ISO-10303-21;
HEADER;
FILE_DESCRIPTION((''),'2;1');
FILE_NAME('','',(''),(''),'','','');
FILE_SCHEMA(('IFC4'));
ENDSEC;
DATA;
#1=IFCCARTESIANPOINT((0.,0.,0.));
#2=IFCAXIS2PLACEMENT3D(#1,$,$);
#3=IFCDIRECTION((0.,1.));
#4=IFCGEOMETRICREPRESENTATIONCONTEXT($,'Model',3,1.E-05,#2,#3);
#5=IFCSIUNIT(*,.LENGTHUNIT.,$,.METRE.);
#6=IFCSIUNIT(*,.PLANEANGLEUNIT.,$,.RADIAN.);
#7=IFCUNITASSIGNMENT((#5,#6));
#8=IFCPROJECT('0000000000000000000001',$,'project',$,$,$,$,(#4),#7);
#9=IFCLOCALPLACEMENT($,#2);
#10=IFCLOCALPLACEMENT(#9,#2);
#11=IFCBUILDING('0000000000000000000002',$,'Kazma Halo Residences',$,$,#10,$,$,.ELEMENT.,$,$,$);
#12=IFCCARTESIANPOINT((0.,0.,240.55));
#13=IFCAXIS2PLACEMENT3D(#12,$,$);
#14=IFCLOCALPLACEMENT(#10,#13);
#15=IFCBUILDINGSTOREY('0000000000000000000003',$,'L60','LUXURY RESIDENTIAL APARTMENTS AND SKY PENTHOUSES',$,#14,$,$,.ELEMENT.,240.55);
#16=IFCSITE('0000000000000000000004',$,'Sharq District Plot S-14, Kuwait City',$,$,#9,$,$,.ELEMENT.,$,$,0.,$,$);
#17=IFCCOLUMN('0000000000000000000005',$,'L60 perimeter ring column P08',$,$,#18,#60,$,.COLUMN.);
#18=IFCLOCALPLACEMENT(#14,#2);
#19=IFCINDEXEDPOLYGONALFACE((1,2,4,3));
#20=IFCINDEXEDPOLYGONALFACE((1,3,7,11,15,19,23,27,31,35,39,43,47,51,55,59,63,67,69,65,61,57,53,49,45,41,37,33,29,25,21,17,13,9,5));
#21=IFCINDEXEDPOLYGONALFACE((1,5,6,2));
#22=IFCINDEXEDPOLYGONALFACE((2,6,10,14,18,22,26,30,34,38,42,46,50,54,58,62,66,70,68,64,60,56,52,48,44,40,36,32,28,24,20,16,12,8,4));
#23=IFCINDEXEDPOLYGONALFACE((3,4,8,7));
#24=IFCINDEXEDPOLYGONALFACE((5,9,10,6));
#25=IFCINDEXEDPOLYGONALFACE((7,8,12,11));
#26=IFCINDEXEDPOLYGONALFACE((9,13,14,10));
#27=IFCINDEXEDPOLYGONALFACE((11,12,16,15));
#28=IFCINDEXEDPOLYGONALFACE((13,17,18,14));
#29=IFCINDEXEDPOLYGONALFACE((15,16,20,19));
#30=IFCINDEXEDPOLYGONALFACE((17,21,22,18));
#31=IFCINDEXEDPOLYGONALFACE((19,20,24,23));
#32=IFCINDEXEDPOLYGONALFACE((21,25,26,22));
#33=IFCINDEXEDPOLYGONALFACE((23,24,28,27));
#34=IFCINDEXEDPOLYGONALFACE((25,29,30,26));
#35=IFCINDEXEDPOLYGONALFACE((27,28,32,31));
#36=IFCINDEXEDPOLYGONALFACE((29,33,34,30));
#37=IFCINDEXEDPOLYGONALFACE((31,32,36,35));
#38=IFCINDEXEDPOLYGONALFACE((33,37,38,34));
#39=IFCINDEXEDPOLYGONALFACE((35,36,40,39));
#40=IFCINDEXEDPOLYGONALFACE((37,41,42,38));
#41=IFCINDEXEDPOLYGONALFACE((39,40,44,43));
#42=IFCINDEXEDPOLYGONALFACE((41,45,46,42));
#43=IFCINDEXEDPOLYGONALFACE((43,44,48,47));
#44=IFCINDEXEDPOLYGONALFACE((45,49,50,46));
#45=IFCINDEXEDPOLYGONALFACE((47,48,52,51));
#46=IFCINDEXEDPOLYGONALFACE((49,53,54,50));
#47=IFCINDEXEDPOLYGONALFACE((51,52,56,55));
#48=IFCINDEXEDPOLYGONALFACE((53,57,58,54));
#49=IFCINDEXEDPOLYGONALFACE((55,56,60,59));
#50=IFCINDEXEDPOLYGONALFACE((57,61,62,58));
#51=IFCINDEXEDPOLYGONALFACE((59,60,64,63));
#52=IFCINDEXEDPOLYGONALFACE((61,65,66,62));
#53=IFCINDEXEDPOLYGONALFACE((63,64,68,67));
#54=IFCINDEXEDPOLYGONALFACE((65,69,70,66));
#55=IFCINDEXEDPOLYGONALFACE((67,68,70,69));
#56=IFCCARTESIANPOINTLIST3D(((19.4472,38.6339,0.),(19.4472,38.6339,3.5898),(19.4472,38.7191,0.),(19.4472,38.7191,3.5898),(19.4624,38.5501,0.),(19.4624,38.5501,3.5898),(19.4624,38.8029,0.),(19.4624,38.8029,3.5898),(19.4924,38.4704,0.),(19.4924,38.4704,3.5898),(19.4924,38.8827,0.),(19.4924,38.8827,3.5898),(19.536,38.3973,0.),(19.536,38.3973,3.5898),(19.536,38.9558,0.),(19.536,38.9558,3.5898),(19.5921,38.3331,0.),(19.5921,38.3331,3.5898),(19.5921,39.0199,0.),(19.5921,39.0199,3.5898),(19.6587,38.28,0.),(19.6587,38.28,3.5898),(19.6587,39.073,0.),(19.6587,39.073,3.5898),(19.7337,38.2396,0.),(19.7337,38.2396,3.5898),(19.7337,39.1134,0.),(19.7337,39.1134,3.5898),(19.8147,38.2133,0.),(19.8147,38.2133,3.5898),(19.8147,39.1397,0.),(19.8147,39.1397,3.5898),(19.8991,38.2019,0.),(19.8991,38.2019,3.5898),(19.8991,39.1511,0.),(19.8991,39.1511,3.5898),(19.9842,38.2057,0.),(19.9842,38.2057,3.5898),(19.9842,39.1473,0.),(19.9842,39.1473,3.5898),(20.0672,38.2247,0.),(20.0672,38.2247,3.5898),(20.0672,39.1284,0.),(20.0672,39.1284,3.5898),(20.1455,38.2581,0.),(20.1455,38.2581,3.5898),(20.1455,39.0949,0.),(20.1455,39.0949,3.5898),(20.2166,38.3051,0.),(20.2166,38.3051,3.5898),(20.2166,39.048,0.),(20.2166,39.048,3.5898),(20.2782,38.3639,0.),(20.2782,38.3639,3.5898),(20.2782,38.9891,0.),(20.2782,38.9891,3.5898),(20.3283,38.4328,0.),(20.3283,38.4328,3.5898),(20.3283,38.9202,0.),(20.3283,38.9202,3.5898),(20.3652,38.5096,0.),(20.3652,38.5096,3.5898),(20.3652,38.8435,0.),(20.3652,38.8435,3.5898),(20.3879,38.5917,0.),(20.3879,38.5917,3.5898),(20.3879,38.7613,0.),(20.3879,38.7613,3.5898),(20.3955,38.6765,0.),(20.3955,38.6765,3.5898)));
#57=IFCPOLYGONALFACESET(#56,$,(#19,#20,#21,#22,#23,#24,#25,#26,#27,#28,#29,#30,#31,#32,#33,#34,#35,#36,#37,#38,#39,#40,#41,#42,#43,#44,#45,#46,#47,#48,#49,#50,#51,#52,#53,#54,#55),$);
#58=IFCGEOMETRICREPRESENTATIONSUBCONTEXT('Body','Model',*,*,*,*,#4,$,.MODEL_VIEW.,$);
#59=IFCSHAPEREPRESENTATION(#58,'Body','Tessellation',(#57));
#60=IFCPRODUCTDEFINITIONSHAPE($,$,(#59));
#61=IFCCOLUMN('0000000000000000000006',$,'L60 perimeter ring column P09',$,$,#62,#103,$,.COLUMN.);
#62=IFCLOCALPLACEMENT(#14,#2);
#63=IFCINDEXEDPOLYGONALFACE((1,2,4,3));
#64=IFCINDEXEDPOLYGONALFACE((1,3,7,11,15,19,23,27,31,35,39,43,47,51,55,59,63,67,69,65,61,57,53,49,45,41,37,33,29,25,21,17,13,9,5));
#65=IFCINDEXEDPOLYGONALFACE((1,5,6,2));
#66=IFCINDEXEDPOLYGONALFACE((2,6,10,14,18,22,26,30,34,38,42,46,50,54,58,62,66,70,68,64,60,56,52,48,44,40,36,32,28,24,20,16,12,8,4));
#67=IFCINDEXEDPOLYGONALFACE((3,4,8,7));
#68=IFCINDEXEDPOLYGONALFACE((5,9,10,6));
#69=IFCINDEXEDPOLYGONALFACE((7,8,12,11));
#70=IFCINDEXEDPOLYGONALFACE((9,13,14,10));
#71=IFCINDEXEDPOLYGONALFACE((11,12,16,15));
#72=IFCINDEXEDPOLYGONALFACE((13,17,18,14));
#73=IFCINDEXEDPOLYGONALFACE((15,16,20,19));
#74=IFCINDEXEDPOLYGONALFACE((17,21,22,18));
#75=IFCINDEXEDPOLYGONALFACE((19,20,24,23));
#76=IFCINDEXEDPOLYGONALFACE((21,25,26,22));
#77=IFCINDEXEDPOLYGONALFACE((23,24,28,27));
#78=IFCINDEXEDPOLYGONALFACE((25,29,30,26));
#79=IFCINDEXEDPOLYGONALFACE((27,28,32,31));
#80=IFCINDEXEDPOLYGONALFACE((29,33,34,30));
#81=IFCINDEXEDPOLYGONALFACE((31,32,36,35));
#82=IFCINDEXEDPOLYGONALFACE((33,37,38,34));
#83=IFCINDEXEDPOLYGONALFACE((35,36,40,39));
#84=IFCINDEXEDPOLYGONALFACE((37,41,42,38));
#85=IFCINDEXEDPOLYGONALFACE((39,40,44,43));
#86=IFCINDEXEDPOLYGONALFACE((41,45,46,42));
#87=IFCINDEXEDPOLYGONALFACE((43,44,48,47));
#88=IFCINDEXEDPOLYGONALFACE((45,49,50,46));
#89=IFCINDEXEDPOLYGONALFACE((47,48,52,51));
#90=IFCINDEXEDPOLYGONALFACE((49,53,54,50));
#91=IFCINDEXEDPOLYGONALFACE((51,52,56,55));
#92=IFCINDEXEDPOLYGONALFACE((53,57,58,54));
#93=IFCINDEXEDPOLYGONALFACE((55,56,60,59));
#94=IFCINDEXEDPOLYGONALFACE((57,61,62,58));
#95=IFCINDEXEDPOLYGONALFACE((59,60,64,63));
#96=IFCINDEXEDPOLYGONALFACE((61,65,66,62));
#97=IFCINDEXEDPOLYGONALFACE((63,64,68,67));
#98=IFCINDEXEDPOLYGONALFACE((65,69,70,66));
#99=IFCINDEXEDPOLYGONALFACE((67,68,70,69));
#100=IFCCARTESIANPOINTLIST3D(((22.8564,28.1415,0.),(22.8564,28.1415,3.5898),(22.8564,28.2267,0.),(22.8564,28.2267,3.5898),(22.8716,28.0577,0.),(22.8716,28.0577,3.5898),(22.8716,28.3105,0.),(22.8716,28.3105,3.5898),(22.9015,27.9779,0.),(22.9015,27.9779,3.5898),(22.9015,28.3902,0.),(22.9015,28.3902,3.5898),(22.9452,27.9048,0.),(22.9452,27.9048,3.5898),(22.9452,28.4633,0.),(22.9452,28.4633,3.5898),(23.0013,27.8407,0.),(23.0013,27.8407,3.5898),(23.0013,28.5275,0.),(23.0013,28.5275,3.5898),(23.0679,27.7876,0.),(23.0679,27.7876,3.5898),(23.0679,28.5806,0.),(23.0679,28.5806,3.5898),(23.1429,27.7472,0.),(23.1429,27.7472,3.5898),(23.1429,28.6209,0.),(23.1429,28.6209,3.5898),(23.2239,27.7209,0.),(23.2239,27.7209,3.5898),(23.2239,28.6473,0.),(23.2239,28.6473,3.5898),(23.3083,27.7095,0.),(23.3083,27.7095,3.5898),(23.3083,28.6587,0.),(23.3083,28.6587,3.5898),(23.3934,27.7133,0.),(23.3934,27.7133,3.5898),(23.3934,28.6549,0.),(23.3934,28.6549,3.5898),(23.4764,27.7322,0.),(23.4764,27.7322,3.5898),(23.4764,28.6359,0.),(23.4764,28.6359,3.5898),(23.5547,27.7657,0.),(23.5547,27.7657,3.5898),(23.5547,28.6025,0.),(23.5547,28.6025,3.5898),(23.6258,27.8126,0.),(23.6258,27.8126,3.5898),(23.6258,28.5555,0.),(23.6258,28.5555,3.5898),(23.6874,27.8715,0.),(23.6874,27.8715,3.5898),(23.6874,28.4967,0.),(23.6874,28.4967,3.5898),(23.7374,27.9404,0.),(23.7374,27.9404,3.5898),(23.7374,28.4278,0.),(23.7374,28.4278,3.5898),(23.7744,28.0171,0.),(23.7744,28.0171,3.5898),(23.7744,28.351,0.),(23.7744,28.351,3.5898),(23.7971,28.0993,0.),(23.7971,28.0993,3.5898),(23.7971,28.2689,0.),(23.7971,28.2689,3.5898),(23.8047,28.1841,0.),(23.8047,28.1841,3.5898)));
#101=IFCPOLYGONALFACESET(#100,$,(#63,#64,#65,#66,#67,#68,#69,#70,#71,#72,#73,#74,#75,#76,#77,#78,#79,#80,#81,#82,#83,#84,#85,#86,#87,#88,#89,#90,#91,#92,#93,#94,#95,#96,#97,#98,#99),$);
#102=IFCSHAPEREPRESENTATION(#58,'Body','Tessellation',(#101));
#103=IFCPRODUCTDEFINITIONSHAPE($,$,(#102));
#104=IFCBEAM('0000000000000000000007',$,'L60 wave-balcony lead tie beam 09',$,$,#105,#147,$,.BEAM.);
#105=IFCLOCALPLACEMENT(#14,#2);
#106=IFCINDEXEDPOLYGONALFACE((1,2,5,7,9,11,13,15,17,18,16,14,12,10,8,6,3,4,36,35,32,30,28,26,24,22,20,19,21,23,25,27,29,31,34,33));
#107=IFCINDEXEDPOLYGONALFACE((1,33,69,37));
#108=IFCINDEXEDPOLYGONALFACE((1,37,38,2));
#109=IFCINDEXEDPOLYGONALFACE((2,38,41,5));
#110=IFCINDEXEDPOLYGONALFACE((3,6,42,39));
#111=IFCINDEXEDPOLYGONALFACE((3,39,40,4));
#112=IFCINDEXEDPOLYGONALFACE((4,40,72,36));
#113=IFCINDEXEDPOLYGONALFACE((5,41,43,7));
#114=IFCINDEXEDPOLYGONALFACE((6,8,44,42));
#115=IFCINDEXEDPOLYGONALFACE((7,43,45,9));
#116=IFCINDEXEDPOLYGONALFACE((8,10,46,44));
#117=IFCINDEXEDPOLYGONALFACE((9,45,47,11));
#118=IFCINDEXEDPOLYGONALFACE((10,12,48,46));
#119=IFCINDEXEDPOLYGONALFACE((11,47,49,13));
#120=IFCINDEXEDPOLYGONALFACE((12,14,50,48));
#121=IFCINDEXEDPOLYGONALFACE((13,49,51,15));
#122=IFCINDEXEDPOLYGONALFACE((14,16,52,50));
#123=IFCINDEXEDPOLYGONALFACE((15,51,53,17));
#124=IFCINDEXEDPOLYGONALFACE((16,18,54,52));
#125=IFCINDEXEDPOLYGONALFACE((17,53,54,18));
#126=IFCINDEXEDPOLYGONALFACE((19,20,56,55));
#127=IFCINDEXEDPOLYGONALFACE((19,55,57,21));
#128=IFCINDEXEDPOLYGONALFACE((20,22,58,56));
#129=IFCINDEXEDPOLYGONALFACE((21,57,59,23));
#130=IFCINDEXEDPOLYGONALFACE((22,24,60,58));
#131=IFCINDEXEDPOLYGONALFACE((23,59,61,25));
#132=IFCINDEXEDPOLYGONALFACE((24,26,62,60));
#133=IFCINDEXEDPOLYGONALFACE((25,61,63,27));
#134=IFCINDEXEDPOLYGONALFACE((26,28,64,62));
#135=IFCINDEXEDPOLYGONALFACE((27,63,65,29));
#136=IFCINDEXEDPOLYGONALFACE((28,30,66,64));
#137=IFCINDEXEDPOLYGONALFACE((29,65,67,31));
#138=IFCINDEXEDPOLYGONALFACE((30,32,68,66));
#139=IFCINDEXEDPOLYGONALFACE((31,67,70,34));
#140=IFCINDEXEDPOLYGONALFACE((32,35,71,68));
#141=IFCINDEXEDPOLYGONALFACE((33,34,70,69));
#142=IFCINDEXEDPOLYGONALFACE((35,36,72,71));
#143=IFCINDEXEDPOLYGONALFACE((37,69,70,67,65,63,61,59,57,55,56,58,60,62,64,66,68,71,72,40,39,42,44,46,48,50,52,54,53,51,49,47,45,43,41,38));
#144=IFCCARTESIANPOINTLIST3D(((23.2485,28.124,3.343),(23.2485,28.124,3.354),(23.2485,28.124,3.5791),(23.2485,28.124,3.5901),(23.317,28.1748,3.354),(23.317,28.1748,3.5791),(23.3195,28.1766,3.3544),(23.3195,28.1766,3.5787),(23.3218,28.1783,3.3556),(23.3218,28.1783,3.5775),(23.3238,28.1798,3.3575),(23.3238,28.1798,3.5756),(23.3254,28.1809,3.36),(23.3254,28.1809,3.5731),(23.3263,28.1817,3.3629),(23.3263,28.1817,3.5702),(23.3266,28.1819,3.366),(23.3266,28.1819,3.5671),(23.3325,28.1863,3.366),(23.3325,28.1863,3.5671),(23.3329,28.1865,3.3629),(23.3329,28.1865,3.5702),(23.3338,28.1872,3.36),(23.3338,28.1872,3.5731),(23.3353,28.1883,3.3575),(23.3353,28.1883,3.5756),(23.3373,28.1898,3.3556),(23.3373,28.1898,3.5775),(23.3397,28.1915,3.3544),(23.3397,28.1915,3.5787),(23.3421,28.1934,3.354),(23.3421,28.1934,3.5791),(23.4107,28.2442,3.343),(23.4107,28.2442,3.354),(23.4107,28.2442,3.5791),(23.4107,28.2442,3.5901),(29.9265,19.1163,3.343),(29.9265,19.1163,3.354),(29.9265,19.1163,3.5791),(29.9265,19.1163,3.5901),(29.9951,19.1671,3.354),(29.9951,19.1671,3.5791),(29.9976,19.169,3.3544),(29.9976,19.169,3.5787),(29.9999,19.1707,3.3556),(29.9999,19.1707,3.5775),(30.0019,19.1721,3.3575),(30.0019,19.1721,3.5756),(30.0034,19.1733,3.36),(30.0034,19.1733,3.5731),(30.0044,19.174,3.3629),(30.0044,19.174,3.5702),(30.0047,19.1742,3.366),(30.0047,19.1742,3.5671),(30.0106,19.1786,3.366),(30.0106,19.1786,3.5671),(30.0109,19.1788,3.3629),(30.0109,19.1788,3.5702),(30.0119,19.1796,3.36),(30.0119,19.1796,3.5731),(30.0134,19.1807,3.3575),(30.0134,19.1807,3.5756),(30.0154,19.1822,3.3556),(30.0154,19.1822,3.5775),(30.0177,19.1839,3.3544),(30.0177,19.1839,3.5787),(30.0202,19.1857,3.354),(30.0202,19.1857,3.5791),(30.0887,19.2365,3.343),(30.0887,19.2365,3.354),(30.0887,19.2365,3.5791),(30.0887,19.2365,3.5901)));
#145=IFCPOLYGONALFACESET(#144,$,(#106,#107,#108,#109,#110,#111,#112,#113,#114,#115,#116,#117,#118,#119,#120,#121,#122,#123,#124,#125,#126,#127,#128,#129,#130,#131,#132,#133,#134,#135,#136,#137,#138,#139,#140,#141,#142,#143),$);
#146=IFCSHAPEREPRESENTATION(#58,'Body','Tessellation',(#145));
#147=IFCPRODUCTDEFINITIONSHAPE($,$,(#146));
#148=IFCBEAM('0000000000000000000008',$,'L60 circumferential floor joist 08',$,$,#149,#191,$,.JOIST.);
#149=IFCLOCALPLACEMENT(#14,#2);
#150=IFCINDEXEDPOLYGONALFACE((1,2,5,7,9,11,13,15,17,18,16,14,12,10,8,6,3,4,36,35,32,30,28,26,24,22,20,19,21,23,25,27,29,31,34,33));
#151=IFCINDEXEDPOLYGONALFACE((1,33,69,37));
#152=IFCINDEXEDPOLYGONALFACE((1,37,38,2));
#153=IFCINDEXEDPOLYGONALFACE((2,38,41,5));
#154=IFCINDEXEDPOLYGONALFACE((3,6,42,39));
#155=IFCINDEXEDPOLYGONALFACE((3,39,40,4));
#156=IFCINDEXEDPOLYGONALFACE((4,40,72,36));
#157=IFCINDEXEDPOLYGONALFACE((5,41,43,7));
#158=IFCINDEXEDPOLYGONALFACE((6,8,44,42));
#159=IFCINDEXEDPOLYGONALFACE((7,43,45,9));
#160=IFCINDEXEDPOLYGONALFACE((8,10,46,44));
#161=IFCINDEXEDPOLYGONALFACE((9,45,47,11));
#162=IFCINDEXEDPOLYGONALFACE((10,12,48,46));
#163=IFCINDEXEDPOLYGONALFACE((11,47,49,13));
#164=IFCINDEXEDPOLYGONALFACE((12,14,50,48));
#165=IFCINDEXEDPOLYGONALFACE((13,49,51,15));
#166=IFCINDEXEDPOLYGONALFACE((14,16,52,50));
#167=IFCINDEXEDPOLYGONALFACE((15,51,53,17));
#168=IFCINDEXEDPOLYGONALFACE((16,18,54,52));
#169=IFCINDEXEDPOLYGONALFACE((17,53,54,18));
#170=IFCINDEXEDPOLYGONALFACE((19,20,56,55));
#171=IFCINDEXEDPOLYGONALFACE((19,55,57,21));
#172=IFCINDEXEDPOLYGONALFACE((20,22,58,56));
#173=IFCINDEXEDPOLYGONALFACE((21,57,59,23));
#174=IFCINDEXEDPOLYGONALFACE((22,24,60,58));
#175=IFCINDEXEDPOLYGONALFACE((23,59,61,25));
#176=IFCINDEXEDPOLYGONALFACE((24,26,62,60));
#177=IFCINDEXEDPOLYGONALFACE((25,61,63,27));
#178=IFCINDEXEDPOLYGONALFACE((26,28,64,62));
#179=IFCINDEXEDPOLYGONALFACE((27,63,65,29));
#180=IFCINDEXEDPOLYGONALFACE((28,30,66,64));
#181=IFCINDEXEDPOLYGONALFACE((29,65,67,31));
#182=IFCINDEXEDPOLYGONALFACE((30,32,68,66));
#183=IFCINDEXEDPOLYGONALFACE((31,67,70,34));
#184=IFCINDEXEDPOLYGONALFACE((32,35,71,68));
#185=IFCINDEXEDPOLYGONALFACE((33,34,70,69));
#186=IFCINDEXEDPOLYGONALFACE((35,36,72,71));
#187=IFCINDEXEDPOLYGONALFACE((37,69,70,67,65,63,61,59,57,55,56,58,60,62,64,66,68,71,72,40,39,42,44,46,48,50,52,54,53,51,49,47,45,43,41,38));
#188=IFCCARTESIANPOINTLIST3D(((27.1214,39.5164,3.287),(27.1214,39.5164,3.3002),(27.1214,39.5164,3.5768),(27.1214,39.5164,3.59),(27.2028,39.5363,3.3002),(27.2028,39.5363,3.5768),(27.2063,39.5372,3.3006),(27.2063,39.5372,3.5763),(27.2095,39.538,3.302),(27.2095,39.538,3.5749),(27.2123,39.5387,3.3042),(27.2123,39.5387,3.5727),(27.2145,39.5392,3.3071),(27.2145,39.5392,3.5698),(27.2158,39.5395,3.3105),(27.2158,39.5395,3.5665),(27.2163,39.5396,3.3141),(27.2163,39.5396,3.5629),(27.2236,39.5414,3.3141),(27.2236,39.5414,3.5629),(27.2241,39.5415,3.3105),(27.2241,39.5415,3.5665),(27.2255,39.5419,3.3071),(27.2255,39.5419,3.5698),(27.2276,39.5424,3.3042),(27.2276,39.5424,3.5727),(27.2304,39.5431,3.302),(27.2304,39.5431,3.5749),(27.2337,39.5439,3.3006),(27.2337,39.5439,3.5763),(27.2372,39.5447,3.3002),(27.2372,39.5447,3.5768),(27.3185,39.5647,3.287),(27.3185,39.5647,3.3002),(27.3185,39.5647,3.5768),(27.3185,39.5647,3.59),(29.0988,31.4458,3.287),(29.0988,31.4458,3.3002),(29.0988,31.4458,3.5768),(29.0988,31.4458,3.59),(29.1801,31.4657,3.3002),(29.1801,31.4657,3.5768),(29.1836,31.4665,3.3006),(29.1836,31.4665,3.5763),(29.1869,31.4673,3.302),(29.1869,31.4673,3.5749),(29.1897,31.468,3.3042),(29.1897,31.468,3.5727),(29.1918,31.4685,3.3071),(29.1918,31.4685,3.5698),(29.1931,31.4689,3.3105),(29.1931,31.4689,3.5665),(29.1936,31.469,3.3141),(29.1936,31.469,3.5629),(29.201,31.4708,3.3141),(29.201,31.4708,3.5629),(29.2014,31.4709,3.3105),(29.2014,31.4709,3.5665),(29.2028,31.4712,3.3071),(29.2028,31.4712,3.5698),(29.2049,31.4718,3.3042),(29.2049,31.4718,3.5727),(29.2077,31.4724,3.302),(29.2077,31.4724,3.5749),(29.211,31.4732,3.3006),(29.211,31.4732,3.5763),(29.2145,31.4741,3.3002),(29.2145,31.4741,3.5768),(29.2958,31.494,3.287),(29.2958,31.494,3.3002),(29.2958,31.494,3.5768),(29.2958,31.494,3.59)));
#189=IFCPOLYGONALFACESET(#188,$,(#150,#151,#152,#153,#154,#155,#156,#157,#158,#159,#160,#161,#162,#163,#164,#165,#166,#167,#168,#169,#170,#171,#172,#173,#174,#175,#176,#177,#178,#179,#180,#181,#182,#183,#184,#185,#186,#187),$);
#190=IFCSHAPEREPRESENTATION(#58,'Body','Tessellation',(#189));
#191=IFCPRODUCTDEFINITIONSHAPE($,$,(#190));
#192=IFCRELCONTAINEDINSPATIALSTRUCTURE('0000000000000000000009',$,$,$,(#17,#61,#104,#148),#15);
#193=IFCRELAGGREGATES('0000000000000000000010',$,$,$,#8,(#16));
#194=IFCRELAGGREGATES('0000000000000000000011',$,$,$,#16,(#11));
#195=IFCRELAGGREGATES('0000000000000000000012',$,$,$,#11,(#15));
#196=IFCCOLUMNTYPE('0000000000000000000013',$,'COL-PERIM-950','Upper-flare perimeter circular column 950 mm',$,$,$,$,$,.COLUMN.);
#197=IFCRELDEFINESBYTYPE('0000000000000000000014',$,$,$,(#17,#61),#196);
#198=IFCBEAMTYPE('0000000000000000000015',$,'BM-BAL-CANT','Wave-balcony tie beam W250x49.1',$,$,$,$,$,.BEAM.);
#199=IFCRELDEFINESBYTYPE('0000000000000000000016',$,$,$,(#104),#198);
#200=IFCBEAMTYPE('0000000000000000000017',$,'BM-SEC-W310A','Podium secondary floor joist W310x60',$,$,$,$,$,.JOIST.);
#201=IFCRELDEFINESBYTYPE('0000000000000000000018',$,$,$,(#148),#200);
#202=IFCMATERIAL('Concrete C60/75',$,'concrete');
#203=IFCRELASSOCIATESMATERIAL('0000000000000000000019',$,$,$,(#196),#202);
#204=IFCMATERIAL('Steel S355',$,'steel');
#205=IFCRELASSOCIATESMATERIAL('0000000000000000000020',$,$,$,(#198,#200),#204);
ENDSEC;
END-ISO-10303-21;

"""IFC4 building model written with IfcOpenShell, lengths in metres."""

from ifc_helpers import new_model, si_unit, direction, frame, origin, origin_2d, place, context, subcontext, project, spatial, circle, i_section, extrude, material, material_profile, profile_set, type_object, element, save


model = new_model("IFC4")

# Units and contexts
model_context = context("Model", 3, precision=1e-05, world=origin(), true_north=direction((0.0, 1.0)))
body_context = subcontext(model_context, "Body", "Model", "MODEL_VIEW")
ifc_project = project(units=[si_unit("LENGTHUNIT", "METRE"), si_unit("PLANEANGLEUNIT", "RADIAN")], contexts=[model_context])

# Site, building, storey
site_placement = place(None, origin())
site = spatial("IfcSite", under=ifc_project, at=site_placement, Name="Sharq District Plot S-14, Kuwait City", CompositionType="ELEMENT", RefElevation=0.0)
building_placement = place(site_placement, origin())
building = spatial("IfcBuilding", under=site, at=building_placement, Name="Kazma Halo Residences", CompositionType="ELEMENT")
storey_placement = place(building_placement, frame((0.0, 0.0, 240.55)))
storey = spatial("IfcBuildingStorey", under=building, at=storey_placement, Name="L60", Description="LUXURY RESIDENTIAL APARTMENTS AND SKY PENTHOUSES", CompositionType="ELEMENT", Elevation=240.55)

# Columns
ifc_material_1 = material(Name="Concrete C60/75", Category="concrete")
ifc_material_profile_1 = material_profile(ifc_material_1, circle(Radius=0.4751, at=origin_2d()), Name="CIRC950")
ifc_profile_set_1 = profile_set([ifc_material_profile_1], Name="Concrete C60/75")
column_type = type_object("IfcColumnType", Name="COL-PERIM-950", Description="Upper-flare perimeter circular column 950 mm", PredefinedType="COLUMN", material=ifc_profile_set_1)
for number, where, z_axis, x_axis, name in (
    (1, (19.9204, 38.6765, 0.0), (0.0, 0.0, 1.0), (1.0, 0.0, 0.0), "L60 perimeter ring column P08"),
    (2, (23.3296, 28.1841, 0.0), (0.0, 0.0, 1.0), (1.0, 0.0, 0.0), "L60 perimeter ring column P09"),
):
    element("IfcColumn", number, at=place(storey_placement, frame(where, z_axis=z_axis, x_axis=x_axis)), inside=storey, type_object=column_type, Name=name, PredefinedType="COLUMN", context=body_context, shape_type="SweptSolid", body=[
        extrude(circle(Radius=0.4751, at=origin_2d()), origin(), (0.0, 0.0, 1.0), 3.5898),
    ])

# Beams
ifc_material_2 = material(Name="Steel S355", Category="steel")
ifc_material_profile_2 = material_profile(ifc_material_2, i_section(OverallWidth=0.2019, OverallDepth=0.2471, WebThickness=0.0073, FlangeThickness=0.011, FilletRadius=0.012, at=origin_2d()), Name="W250x49.1")
ifc_profile_set_2 = profile_set([ifc_material_profile_2], Name="Steel S355")
beam_type_1 = type_object("IfcBeamType", Name="BM-BAL-CANT", Description="Wave-balcony tie beam W250x49.1", PredefinedType="BEAM", material=ifc_profile_set_2)
beam_1_placement = place(storey_placement, frame((23.3296, 28.1841, 3.4666), z_axis=(0.595556, -0.803314, 0.0), x_axis=(0.803314, 0.595556, 0.0)))
element("IfcBeam", 3, at=beam_1_placement, inside=storey, type_object=beam_type_1, Name="L60 wave-balcony lead tie beam 09", PredefinedType="BEAM", context=body_context, shape_type="SweptSolid", body=[
    extrude(i_section(OverallWidth=0.2019, OverallDepth=0.2471, WebThickness=0.0073, FlangeThickness=0.011, FilletRadius=0.012, at=origin_2d()), origin(), (0.0, 0.0, 1.0), 11.2131),
])
ifc_material_profile_3 = material_profile(ifc_material_2, i_section(OverallWidth=0.2029, OverallDepth=0.303, WebThickness=0.0076, FlangeThickness=0.0132, FilletRadius=0.0139, at=origin_2d()), Name="W310x60")
ifc_profile_set_3 = profile_set([ifc_material_profile_3], Name="Steel S355")
beam_type_2 = type_object("IfcBeamType", Name="BM-SEC-W310A", Description="Podium secondary floor joist W310x60", PredefinedType="JOIST", material=ifc_profile_set_3)
beam_2_placement = place(storey_placement, frame((27.22, 39.5405, 3.4385), z_axis=(0.237963, -0.971274, 0.0), x_axis=(0.971274, 0.237963, 0.0)))
element("IfcBeam", 4, at=beam_2_placement, inside=storey, type_object=beam_type_2, Name="L60 circumferential floor joist 08", PredefinedType="JOIST", context=body_context, shape_type="SweptSolid", body=[
    extrude(i_section(OverallWidth=0.2029, OverallDepth=0.303, WebThickness=0.0076, FlangeThickness=0.0132, FilletRadius=0.0139, at=origin_2d()), origin(), (0.0, 0.0, 1.0), 8.3093),
])

save(model, "model.ifc")
